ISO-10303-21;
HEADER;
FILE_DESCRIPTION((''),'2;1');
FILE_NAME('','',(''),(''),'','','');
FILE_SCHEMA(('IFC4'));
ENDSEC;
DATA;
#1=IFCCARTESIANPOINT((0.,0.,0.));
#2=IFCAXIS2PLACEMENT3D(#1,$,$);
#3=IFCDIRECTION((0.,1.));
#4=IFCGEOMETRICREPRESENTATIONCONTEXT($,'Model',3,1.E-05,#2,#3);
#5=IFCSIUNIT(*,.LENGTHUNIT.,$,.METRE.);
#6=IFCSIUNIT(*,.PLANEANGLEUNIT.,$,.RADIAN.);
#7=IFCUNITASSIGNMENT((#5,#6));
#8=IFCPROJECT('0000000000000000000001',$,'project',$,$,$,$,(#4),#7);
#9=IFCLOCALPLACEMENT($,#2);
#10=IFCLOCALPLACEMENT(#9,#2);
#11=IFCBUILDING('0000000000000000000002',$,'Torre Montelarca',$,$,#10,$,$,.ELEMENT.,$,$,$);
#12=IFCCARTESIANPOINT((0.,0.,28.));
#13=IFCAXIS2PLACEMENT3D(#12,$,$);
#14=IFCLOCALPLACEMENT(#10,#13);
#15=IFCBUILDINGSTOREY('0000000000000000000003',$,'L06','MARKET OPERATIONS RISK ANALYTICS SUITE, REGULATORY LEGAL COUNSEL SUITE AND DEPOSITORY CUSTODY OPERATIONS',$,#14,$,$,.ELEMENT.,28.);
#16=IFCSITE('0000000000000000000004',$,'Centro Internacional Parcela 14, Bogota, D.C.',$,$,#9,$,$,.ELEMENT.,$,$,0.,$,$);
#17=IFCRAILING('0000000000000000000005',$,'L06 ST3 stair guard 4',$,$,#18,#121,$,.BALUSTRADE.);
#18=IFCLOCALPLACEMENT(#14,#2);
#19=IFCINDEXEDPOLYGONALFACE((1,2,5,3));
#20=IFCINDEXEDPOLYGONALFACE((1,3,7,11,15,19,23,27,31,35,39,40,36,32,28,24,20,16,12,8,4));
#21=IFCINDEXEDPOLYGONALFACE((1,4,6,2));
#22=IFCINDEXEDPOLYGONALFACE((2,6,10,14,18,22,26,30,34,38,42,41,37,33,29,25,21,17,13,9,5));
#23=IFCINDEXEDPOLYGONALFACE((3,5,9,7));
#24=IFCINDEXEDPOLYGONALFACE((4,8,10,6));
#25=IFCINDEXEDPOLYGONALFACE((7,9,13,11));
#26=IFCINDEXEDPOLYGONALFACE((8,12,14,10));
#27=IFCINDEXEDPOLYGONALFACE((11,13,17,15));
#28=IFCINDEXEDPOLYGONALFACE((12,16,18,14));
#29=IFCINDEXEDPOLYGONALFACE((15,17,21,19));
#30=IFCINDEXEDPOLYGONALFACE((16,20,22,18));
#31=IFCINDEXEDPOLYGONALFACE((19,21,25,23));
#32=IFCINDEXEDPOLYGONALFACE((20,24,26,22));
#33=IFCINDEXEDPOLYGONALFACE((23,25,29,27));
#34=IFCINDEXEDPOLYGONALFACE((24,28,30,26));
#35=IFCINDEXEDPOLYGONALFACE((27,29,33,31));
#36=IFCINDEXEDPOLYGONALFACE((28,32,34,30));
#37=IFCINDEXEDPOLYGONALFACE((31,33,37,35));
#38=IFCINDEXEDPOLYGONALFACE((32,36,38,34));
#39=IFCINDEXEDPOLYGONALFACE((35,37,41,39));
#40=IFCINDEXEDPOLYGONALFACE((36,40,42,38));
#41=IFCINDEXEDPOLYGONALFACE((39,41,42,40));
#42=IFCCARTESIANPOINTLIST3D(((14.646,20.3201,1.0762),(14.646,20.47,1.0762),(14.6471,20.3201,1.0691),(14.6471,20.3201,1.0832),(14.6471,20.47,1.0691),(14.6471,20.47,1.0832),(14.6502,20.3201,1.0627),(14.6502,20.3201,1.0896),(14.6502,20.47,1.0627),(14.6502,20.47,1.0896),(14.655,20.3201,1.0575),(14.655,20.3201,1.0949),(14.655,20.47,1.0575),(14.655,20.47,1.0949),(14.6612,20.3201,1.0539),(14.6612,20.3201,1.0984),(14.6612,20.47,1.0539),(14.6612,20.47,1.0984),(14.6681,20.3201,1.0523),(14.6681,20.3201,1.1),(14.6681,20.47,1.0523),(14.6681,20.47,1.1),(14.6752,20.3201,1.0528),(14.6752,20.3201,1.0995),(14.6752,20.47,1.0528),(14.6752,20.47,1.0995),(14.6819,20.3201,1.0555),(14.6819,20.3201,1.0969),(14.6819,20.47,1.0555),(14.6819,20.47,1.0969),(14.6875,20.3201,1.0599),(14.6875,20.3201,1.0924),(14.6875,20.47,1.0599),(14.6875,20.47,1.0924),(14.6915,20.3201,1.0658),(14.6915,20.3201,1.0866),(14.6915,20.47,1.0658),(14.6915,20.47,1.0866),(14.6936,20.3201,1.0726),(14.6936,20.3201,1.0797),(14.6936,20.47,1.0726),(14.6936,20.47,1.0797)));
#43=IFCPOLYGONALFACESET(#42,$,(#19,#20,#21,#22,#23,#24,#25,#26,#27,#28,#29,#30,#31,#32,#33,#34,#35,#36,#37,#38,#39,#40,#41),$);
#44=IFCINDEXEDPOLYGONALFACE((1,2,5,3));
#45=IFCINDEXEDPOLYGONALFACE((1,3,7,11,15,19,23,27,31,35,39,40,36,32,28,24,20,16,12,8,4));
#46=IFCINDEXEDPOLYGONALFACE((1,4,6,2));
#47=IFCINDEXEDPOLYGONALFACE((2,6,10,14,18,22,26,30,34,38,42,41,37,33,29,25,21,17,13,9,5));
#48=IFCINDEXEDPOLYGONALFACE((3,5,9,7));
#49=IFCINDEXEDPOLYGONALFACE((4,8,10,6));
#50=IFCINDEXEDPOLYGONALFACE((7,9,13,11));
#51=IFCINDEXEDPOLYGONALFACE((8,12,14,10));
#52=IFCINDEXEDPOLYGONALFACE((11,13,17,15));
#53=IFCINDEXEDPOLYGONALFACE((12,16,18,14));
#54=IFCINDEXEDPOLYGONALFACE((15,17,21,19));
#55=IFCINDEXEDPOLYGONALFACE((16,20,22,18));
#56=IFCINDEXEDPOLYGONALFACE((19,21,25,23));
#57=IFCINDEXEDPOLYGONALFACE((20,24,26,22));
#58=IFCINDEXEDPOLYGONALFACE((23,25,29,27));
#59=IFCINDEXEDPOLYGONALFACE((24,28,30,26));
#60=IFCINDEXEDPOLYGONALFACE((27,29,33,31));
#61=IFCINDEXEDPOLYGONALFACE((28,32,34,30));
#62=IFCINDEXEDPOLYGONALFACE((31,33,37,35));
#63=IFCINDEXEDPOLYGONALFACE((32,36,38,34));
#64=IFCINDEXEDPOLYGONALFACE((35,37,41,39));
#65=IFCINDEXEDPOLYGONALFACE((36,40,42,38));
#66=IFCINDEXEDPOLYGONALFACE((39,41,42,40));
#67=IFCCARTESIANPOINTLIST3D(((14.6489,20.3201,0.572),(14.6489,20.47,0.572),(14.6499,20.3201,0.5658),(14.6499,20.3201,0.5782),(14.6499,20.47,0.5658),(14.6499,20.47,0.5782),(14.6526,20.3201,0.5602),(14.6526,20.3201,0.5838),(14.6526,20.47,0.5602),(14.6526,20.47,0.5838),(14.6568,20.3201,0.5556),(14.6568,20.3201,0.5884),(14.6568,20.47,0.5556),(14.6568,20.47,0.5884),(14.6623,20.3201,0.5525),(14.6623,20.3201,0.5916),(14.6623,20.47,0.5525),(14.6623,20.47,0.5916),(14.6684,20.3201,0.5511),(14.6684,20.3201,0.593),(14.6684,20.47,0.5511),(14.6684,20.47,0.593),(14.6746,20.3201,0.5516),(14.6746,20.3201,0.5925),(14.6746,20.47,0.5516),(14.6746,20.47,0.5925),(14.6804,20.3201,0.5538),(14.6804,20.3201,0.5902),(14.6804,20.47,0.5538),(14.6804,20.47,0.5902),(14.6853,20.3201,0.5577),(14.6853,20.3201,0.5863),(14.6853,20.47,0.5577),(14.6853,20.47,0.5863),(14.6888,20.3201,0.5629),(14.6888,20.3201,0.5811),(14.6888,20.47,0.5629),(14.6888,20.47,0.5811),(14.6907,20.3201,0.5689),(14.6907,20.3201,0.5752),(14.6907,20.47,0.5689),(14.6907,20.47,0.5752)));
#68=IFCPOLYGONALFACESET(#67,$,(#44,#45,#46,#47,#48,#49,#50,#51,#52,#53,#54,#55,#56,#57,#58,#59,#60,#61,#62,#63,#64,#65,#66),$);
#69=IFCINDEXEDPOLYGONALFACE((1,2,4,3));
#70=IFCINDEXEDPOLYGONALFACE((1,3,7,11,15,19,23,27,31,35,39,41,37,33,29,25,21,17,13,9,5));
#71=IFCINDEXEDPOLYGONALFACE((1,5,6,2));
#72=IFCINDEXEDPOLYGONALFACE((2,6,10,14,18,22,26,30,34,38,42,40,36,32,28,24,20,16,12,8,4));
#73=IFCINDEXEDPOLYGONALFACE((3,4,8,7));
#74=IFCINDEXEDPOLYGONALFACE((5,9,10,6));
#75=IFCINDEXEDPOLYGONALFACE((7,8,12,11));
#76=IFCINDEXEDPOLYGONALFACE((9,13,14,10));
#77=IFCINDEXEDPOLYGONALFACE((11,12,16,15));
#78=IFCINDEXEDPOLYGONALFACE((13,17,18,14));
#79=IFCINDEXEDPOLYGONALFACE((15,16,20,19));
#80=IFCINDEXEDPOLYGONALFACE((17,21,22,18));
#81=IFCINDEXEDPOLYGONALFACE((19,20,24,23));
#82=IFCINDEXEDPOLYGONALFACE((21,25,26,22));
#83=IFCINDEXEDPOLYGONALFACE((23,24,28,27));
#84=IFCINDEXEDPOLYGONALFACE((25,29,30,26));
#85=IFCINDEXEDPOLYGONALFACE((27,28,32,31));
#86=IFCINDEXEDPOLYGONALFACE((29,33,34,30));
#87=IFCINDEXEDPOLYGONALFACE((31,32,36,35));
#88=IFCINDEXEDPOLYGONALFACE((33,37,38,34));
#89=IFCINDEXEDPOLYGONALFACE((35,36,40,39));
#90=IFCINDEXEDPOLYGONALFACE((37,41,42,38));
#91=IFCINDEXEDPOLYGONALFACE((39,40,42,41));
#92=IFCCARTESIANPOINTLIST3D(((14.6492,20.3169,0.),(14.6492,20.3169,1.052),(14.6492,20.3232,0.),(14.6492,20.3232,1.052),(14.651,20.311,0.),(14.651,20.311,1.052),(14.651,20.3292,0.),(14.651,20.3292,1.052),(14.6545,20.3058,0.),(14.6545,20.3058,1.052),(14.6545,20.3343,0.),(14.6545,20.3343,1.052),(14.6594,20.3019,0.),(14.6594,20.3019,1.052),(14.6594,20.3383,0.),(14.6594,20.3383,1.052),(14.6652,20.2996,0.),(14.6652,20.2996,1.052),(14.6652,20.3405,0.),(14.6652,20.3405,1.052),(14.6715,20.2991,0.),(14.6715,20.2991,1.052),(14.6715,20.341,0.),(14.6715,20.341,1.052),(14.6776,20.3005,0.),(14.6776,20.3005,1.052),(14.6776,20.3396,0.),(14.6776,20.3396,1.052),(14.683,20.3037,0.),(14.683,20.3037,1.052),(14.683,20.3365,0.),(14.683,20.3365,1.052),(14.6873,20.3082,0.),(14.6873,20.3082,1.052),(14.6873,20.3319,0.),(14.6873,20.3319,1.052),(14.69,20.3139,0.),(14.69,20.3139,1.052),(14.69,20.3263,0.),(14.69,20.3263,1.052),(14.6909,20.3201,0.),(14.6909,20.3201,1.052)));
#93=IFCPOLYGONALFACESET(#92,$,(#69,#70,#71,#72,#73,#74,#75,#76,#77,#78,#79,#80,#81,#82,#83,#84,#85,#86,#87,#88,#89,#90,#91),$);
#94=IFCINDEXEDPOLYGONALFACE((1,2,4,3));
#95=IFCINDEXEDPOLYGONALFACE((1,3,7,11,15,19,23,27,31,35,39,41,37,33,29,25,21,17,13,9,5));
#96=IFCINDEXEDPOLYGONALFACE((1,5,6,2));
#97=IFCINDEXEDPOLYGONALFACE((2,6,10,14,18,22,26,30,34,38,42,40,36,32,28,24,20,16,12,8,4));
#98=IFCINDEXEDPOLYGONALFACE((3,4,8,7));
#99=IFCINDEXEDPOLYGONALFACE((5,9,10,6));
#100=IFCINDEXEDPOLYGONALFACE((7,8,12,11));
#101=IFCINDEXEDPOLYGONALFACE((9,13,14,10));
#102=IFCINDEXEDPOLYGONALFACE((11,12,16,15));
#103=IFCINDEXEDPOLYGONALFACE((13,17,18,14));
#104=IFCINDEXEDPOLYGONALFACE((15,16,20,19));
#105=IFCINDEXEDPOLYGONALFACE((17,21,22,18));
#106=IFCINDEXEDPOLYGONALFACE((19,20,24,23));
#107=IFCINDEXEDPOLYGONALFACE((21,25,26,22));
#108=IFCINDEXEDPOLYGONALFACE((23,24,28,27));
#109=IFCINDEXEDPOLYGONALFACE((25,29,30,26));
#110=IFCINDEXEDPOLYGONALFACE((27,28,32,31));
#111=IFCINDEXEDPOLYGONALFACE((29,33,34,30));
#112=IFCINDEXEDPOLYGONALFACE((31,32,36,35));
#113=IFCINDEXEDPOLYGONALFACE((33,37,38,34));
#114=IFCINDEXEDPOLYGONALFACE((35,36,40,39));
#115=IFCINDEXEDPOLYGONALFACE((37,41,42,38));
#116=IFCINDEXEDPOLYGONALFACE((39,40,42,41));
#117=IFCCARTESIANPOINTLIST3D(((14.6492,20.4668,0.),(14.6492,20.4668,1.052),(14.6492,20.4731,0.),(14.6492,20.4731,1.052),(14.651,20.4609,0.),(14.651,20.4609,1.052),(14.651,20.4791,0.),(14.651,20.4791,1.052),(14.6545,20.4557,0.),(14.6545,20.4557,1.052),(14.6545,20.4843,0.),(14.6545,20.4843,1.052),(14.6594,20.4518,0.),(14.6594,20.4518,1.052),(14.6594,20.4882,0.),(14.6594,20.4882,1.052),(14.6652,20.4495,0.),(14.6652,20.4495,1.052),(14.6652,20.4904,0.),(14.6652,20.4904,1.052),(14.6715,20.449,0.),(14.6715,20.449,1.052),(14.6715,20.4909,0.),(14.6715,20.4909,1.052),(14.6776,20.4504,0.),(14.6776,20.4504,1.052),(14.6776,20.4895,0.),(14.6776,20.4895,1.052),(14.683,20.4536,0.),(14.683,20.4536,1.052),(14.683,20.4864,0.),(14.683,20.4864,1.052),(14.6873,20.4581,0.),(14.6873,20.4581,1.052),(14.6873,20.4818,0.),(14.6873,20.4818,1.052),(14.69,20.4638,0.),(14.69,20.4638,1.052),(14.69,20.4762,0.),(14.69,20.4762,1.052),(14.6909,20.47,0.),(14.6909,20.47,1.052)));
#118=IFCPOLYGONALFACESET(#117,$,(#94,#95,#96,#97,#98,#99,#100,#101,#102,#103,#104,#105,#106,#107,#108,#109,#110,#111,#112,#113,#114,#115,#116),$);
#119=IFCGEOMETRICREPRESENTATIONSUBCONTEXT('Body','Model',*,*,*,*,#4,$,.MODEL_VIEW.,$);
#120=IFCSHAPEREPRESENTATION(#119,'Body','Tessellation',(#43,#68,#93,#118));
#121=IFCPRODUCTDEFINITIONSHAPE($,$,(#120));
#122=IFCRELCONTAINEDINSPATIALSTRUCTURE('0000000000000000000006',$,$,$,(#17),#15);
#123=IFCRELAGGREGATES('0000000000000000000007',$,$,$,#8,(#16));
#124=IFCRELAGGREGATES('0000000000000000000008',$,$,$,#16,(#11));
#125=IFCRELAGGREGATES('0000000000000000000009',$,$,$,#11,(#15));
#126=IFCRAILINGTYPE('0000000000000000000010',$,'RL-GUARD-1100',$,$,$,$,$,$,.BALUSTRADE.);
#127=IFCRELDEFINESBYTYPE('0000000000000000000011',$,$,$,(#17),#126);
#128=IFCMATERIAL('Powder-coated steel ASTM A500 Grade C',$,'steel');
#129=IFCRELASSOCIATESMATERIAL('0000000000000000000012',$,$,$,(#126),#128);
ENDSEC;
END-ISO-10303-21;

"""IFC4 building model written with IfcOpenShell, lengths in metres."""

from ifc_helpers import new_model, si_unit, direction, frame, origin, origin_2d, place, context, subcontext, project, spatial, circle, extrude, material, type_object, element, save


model = new_model("IFC4")

# Units and contexts
model_context = context("Model", 3, precision=1e-05, world=origin(), true_north=direction((0.0, 1.0)))
body_context = subcontext(model_context, "Body", "Model", "MODEL_VIEW")
ifc_project = project(units=[si_unit("LENGTHUNIT", "METRE"), si_unit("PLANEANGLEUNIT", "RADIAN")], contexts=[model_context])

# Site, building, storey
site_placement = place(None, origin())
site = spatial("IfcSite", under=ifc_project, at=site_placement, Name="Centro Internacional Parcela 14, Bogota, D.C.", CompositionType="ELEMENT", RefElevation=0.0)
building_placement = place(site_placement, origin())
building = spatial("IfcBuilding", under=site, at=building_placement, Name="Torre Montelarca", CompositionType="ELEMENT")
storey_placement = place(building_placement, frame((0.0, 0.0, 28.0)))
storey = spatial("IfcBuildingStorey", under=building, at=storey_placement, Name="L06", Description="MARKET OPERATIONS RISK ANALYTICS SUITE, REGULATORY LEGAL COUNSEL SUITE AND DEPOSITORY CUSTODY OPERATIONS", CompositionType="ELEMENT", Elevation=28.0)

# Railing
ifc_material_1 = material(Name="Powder-coated steel ASTM A500 Grade C", Category="steel")
railing_type_1 = type_object("IfcRailingType", Name="RL-GUARD-1100", PredefinedType="BALUSTRADE", material=ifc_material_1)
railing_1_placement = place(storey_placement, frame((14.6699, 20.3201, 0.0)))
element("IfcRailing", 1, at=railing_1_placement, inside=storey, type_object=railing_type_1, Name="L06 ST3 stair guard 4", PredefinedType="BALUSTRADE", context=body_context, shape_type="SweptSolid", body=[
    extrude(circle(Radius=0.0239, at=origin_2d()), frame((0.0, 0.0, 1.0762), z_axis=(0.0, 1.0, 0.0), x_axis=(-1.0, 0.0, 0.0)), (0.0, 0.0, 1.0), 0.1499),
    extrude(circle(Radius=0.021, at=origin_2d()), frame((0.0, 0.0, 0.572), z_axis=(0.0, 1.0, 0.0), x_axis=(-1.0, 0.0, 0.0)), (0.0, 0.0, 1.0), 0.1499),
    extrude(circle(Radius=0.021, at=origin_2d()), origin(), (0.0, 0.0, 1.0), 1.052),
    extrude(circle(Radius=0.021, at=origin_2d()), frame((0.0, 0.1499, 0.0)), (0.0, 0.0, 1.0), 1.052),
])

save(model, "model.ifc")
